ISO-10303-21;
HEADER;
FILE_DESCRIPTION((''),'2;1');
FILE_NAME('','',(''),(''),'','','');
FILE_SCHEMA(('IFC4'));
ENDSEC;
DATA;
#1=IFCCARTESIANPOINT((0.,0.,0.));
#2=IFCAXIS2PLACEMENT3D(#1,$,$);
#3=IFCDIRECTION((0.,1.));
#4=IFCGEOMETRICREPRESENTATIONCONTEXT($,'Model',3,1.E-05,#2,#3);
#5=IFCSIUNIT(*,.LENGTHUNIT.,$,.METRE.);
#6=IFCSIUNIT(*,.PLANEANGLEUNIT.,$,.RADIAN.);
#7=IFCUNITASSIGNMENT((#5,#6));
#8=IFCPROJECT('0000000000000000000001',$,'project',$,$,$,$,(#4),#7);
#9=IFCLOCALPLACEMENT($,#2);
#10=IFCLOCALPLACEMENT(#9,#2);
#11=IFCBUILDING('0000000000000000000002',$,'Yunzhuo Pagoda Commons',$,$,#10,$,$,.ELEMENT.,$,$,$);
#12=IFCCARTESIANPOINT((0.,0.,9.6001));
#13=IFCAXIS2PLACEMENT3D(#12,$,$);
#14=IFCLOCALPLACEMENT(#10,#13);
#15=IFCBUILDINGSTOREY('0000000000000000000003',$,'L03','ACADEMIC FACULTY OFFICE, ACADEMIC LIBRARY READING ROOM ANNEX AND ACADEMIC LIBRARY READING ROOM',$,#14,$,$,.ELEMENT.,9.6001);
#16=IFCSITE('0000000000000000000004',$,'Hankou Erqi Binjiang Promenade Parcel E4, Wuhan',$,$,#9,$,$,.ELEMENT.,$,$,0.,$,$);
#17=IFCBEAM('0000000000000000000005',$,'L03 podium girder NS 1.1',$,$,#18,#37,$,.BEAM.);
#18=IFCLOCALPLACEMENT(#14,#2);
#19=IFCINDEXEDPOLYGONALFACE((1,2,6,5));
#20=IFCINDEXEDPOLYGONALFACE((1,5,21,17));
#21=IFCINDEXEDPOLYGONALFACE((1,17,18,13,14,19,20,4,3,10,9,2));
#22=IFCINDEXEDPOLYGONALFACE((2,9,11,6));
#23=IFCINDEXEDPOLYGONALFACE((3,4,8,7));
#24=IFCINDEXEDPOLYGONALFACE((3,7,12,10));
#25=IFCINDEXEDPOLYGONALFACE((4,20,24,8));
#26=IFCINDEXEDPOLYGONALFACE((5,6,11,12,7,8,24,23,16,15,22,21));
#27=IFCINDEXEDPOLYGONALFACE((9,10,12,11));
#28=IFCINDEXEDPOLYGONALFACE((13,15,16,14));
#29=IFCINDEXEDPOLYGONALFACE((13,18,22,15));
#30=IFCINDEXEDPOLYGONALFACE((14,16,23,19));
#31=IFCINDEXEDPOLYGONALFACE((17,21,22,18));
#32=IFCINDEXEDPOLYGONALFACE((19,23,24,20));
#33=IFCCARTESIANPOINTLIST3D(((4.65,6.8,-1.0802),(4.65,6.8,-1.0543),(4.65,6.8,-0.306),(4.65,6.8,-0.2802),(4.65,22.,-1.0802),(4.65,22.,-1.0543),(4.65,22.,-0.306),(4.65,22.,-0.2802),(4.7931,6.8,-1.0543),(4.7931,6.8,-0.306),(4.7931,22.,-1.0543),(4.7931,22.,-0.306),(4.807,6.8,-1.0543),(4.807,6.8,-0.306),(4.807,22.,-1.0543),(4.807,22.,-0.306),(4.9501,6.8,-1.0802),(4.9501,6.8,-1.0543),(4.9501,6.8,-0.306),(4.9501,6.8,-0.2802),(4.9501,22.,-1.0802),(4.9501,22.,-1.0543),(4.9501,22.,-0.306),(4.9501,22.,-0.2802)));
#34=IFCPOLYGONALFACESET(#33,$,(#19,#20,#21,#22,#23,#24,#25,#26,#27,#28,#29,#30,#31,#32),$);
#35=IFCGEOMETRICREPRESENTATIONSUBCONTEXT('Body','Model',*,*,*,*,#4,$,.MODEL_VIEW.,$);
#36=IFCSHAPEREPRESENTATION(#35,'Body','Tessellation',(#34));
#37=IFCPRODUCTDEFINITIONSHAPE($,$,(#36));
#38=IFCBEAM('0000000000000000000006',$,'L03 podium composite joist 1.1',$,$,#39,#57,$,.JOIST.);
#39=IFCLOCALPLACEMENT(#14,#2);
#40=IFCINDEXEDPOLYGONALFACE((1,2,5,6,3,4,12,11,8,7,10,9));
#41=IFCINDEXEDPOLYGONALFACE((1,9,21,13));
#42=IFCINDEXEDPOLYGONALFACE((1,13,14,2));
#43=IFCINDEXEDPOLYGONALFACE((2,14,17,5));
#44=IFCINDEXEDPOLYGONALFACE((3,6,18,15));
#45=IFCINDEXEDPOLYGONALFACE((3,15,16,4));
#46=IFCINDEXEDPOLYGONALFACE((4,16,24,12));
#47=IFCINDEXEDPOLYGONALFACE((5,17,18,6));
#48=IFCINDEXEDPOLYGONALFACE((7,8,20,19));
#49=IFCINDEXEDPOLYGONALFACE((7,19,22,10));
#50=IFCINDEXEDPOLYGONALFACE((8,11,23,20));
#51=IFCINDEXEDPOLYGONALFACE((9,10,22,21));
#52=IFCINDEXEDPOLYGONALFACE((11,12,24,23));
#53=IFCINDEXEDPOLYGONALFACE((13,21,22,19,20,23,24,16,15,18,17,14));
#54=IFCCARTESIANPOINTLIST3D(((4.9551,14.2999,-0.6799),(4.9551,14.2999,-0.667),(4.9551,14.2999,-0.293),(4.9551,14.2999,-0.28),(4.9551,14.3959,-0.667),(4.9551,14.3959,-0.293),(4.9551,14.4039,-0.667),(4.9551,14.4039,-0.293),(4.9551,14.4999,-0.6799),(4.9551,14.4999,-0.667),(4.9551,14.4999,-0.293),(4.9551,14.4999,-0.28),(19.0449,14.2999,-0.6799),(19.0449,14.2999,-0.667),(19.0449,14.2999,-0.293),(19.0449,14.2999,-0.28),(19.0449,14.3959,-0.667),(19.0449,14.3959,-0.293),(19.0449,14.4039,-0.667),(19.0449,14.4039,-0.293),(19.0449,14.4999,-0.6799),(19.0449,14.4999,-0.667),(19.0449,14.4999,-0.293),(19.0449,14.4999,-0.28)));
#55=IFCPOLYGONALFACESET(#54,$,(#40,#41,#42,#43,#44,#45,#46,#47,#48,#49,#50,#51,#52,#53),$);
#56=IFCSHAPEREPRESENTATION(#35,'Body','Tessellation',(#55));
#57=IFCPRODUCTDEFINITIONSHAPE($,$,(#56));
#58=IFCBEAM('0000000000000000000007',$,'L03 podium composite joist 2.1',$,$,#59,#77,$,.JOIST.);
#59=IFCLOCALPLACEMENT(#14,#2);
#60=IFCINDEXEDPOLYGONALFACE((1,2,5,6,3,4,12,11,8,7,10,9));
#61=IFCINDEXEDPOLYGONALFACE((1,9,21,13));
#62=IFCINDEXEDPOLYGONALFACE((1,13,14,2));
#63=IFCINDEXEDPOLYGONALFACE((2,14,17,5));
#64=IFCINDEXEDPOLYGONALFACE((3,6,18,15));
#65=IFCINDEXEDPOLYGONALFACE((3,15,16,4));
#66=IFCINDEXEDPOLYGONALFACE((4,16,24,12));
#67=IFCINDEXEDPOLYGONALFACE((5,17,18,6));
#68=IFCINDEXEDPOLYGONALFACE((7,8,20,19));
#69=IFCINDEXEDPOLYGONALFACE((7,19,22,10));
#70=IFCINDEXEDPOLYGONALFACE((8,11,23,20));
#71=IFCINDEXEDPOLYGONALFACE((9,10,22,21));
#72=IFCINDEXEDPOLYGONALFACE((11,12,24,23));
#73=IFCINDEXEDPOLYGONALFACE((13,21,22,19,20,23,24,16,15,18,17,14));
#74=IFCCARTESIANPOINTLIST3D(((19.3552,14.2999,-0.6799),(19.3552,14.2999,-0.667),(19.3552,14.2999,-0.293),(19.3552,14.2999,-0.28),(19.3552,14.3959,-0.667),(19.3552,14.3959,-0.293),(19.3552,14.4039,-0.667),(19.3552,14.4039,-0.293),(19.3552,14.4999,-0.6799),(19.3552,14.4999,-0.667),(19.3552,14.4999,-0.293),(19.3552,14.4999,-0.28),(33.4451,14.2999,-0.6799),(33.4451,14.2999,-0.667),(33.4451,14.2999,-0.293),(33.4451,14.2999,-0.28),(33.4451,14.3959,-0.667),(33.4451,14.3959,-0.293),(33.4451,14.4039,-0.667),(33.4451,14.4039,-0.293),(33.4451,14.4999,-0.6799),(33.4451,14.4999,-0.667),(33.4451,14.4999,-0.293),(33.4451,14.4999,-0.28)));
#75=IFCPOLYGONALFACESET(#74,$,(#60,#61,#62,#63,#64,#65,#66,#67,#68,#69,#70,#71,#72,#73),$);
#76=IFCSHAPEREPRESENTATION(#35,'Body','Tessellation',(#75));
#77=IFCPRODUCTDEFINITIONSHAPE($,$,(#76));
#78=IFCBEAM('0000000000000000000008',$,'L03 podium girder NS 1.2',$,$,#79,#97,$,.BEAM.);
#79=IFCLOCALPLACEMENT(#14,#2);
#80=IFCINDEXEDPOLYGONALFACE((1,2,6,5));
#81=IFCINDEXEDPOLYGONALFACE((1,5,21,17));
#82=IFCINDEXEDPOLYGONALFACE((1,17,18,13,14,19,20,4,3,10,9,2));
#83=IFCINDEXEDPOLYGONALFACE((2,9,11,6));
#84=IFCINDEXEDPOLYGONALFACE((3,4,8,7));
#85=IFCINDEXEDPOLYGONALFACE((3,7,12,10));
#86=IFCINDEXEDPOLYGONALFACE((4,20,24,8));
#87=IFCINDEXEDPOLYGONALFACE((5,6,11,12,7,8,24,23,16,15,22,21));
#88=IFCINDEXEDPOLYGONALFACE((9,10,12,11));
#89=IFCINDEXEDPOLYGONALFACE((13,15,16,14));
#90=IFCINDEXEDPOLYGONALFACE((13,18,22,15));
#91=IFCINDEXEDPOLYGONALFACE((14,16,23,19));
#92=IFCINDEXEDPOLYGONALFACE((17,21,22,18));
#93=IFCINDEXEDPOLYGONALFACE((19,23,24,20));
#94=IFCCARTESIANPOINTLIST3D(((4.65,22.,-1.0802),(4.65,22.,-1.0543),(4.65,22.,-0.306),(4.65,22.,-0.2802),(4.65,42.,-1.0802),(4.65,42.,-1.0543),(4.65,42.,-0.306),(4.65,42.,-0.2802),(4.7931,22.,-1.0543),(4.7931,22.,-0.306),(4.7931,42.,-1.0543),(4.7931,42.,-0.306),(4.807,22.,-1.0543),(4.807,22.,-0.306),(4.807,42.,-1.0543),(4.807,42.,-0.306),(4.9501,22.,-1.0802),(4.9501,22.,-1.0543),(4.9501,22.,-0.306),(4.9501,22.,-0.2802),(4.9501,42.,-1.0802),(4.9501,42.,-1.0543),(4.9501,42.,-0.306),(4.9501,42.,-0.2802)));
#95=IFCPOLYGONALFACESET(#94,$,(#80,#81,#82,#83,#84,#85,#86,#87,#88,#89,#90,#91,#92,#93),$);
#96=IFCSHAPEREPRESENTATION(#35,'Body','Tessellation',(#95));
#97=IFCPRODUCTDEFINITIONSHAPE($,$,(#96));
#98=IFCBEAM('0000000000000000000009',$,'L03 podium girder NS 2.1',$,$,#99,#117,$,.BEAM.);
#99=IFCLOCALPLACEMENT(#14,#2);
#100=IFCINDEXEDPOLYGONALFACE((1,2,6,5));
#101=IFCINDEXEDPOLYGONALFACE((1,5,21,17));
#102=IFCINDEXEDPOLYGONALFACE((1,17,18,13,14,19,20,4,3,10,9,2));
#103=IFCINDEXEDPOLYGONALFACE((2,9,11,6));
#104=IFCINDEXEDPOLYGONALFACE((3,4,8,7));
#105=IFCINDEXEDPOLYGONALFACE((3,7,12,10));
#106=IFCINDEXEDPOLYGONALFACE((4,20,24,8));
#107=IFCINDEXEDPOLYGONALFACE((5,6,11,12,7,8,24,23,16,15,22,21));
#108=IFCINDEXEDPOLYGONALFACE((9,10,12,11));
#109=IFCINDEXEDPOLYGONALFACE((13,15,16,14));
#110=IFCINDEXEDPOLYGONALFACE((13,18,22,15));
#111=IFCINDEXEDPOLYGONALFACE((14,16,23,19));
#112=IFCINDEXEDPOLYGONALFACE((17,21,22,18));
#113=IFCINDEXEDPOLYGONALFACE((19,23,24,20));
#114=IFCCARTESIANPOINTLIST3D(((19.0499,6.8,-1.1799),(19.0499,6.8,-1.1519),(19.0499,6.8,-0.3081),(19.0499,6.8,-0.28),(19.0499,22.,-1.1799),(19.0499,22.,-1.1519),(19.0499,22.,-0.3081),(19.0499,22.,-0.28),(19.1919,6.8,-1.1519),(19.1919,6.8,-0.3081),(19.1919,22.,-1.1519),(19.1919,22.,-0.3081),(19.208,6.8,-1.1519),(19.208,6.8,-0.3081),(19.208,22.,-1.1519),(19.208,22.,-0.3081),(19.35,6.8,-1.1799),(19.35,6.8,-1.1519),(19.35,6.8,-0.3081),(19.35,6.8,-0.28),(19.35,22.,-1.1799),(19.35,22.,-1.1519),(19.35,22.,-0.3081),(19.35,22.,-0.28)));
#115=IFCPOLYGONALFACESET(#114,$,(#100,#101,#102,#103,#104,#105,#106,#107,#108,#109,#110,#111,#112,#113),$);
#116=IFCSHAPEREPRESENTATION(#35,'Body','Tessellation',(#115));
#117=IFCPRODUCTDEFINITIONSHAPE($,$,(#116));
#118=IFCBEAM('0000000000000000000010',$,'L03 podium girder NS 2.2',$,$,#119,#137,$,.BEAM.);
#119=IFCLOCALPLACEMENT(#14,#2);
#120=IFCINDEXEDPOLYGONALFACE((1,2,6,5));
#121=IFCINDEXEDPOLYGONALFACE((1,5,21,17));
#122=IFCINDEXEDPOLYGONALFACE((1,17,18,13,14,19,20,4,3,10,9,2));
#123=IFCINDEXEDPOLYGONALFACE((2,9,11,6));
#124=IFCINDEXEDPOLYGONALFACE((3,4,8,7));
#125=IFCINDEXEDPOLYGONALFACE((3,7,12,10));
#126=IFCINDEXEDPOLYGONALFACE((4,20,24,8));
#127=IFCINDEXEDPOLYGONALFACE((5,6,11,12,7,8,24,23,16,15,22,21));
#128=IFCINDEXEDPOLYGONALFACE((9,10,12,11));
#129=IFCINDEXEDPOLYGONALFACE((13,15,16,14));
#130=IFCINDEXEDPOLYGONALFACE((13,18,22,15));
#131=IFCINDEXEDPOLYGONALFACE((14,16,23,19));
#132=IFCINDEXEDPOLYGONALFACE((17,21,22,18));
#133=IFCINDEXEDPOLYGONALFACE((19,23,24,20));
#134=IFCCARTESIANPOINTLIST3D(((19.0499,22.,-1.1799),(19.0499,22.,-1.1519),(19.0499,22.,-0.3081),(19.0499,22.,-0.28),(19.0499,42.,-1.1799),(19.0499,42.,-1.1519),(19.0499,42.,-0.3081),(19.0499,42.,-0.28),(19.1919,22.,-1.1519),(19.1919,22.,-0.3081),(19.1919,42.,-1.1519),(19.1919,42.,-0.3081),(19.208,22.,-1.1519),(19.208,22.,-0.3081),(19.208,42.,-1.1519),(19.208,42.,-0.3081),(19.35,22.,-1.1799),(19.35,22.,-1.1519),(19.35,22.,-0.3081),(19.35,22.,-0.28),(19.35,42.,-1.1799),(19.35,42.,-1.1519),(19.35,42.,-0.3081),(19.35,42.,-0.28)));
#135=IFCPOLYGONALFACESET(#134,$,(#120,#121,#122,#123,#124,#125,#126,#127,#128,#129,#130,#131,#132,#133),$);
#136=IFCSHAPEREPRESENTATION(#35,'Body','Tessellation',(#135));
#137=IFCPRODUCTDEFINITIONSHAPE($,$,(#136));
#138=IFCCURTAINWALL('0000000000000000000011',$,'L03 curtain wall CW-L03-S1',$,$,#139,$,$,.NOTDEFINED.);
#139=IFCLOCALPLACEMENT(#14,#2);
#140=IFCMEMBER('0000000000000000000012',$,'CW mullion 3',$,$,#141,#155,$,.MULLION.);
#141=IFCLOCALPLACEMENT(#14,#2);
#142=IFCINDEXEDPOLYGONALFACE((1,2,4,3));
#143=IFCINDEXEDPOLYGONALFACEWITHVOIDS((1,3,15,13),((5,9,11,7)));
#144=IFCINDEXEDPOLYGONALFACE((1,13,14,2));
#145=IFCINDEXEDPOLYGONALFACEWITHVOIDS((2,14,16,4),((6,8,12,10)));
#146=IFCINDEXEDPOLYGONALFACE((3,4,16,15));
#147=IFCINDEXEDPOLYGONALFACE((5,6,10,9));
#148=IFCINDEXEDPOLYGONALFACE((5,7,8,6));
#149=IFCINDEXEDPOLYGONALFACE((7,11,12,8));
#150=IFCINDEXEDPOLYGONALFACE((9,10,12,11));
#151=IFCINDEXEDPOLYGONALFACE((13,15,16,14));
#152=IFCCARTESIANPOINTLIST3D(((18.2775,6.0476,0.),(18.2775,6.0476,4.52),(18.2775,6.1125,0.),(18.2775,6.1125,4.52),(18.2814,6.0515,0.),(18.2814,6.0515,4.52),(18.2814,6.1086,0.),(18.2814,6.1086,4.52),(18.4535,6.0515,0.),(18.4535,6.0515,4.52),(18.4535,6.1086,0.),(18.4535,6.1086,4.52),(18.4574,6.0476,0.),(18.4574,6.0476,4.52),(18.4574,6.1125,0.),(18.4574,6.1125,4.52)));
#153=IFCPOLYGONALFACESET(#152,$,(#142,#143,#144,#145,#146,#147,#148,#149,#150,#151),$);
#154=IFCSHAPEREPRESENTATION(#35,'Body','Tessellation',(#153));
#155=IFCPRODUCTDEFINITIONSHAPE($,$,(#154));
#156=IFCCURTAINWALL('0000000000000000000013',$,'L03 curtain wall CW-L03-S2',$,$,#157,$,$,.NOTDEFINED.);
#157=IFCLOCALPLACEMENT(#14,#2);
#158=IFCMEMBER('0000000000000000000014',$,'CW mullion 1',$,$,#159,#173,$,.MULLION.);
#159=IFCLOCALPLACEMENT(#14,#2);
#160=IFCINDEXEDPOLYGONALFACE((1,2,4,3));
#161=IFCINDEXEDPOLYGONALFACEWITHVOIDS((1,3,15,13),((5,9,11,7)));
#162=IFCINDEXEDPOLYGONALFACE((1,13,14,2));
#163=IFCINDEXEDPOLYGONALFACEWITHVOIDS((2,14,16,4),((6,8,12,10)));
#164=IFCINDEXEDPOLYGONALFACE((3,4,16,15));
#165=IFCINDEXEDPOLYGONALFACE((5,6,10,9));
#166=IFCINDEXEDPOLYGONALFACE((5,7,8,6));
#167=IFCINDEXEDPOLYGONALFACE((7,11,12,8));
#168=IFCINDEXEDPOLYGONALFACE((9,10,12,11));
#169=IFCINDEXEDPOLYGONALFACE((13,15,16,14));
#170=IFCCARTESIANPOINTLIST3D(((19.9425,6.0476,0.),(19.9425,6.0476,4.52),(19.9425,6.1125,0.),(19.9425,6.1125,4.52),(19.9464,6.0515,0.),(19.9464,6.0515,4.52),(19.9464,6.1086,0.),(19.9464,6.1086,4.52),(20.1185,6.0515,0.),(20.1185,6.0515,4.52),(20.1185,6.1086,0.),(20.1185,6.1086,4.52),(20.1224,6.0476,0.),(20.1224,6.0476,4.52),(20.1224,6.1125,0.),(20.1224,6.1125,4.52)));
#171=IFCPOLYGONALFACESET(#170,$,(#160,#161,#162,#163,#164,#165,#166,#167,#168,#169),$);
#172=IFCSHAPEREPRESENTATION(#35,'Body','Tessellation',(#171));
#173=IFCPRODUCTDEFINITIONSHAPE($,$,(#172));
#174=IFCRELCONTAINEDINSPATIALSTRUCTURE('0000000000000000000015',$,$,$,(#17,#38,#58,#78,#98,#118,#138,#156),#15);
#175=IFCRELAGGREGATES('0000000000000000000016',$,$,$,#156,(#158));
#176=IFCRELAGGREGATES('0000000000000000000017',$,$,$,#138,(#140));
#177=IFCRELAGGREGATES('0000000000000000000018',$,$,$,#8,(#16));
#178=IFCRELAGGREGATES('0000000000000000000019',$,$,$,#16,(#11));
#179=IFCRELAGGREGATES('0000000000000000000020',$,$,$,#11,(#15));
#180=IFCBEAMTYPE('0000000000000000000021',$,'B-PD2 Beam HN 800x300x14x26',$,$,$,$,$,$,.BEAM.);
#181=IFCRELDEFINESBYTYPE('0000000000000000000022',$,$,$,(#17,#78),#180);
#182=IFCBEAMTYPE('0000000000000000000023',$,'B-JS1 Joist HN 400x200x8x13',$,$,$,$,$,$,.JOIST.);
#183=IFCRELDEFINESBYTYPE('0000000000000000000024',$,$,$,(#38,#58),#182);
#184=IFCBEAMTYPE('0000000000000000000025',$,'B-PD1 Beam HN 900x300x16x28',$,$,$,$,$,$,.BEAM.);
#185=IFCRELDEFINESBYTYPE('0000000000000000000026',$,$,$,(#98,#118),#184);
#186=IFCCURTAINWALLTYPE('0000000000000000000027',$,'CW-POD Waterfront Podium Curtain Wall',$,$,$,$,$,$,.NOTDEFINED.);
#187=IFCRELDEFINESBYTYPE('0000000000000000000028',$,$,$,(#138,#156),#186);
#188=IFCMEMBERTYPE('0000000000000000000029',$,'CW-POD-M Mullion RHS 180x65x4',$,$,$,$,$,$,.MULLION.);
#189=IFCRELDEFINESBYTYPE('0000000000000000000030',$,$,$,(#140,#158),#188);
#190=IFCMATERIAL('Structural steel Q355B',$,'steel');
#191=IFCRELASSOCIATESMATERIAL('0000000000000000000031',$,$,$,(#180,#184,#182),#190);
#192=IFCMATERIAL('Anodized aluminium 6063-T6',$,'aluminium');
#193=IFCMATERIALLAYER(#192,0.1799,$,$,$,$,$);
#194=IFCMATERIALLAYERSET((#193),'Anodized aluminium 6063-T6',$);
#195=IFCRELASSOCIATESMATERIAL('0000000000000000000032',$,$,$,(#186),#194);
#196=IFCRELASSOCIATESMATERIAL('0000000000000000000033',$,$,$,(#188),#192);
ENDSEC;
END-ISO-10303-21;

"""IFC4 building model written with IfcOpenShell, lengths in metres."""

from ifc_helpers import new_model, si_unit, direction, frame, origin, origin_2d, place, context, subcontext, project, spatial, hollow_rectangle, i_section, extrude, source, transform, mapped, material, layer, layer_set, material_profile, profile_set, type_object, element, aggregate, save


model = new_model("IFC4")

# Units and contexts
model_context = context("Model", 3, precision=1e-05, world=origin(), true_north=direction((0.0, 1.0)))
body_context = subcontext(model_context, "Body", "Model", "MODEL_VIEW")
ifc_project = project(units=[si_unit("LENGTHUNIT", "METRE"), si_unit("PLANEANGLEUNIT", "RADIAN")], contexts=[model_context])

# Site, building, storey
site_placement = place(None, origin())
site = spatial("IfcSite", under=ifc_project, at=site_placement, Name="Hankou Erqi Binjiang Promenade Parcel E4, Wuhan", CompositionType="ELEMENT", RefElevation=0.0)
building_placement = place(site_placement, origin())
building = spatial("IfcBuilding", under=site, at=building_placement, Name="Yunzhuo Pagoda Commons", CompositionType="ELEMENT")
storey_placement = place(building_placement, frame((0.0, 0.0, 9.6001)))
storey = spatial("IfcBuildingStorey", under=building, at=storey_placement, Name="L03", Description="ACADEMIC FACULTY OFFICE, ACADEMIC LIBRARY READING ROOM ANNEX AND ACADEMIC LIBRARY READING ROOM", CompositionType="ELEMENT", Elevation=9.6001)

# Beams
ifc_material_1 = material(Name="Structural steel Q355B", Category="steel")
ifc_material_profile_1 = material_profile(ifc_material_1, i_section(OverallWidth=0.3, OverallDepth=0.8, WebThickness=0.0139, FlangeThickness=0.0259, at=origin_2d()), Name="Structural steel Q355B")
ifc_profile_set_1 = profile_set([ifc_material_profile_1], Name="Structural steel Q355B")
beam_type_1 = type_object("IfcBeamType", Name="B-PD2 Beam HN 800x300x14x26", PredefinedType="BEAM", material=ifc_profile_set_1)
ifc_material_profile_2 = material_profile(ifc_material_1, i_section(OverallWidth=0.3, OverallDepth=0.8999, WebThickness=0.0161, FlangeThickness=0.0281, at=origin_2d()), Name="Structural steel Q355B")
ifc_profile_set_2 = profile_set([ifc_material_profile_2], Name="Structural steel Q355B")
beam_type_2 = type_object("IfcBeamType", Name="B-PD1 Beam HN 900x300x16x28", PredefinedType="BEAM", material=ifc_profile_set_2)
shared_shape_1 = source(origin(), body_context, "Body", "SweptSolid", [
    extrude(i_section(OverallWidth=0.3, OverallDepth=0.8, WebThickness=0.0139, FlangeThickness=0.0259, at=origin_2d()), origin(), (0.0, 0.0, 1.0), 15.2),
])
beam_1_placement = place(storey_placement, frame((4.8, 6.8, -0.6802), z_axis=(0.0, 1.0, 0.0), x_axis=(-1.0, 0.0, 0.0)))
element("IfcBeam", 1, at=beam_1_placement, inside=storey, type_object=beam_type_1, Name="L03 podium girder NS 1.1", PredefinedType="BEAM", context=body_context, shape_type="MappedRepresentation", body=[
    mapped(shared_shape_1, transform((0.0, 0.0, 0.0), scale=1.0)),
])
ifc_material_profile_3 = material_profile(ifc_material_1, i_section(OverallWidth=0.2, OverallDepth=0.3999, WebThickness=0.0081, FlangeThickness=0.0129, at=origin_2d()), Name="Structural steel Q355B")
ifc_profile_set_3 = profile_set([ifc_material_profile_3], Name="Structural steel Q355B")
beam_type_3 = type_object("IfcBeamType", Name="B-JS1 Joist HN 400x200x8x13", PredefinedType="JOIST", material=ifc_profile_set_3)
shared_shape_2 = source(origin(), body_context, "Body", "SweptSolid", [
    extrude(i_section(OverallWidth=0.2, OverallDepth=0.3999, WebThickness=0.0081, FlangeThickness=0.0129, at=origin_2d()), origin(), (0.0, 0.0, 1.0), 14.0898),
])
for number, where, z_axis, x_axis, name in (
    (2, (4.9551, 14.3999, -0.48), (1.0, 0.0, 0.0), (0.0, 1.0, 0.0), "L03 podium composite joist 1.1"),
    (3, (19.3552, 14.3999, -0.48), (1.0, 0.0, 0.0), (0.0, 1.0, 0.0), "L03 podium composite joist 2.1"),
):
    element("IfcBeam", number, at=place(storey_placement, frame(where, z_axis=z_axis, x_axis=x_axis)), inside=storey, type_object=beam_type_3, Name=name, PredefinedType="JOIST", context=body_context, shape_type="MappedRepresentation", body=[
        mapped(shared_shape_2, transform((0.0, 0.0, 0.0), scale=1.0)),
    ])
shared_shape_3 = source(origin(), body_context, "Body", "SweptSolid", [
    extrude(i_section(OverallWidth=0.3, OverallDepth=0.8, WebThickness=0.0139, FlangeThickness=0.0259, at=origin_2d()), origin(), (0.0, 0.0, 1.0), 20.0),
])
beam_2_placement = place(storey_placement, frame((4.8, 22.0, -0.6802), z_axis=(0.0, 1.0, 0.0), x_axis=(-1.0, 0.0, 0.0)))
element("IfcBeam", 4, at=beam_2_placement, inside=storey, type_object=beam_type_1, Name="L03 podium girder NS 1.2", PredefinedType="BEAM", context=body_context, shape_type="MappedRepresentation", body=[
    mapped(shared_shape_3, transform((0.0, 0.0, 0.0), scale=1.0)),
])
shared_shape_4 = source(origin(), body_context, "Body", "SweptSolid", [
    extrude(i_section(OverallWidth=0.3, OverallDepth=0.8999, WebThickness=0.0161, FlangeThickness=0.0281, at=origin_2d()), origin(), (0.0, 0.0, 1.0), 15.2),
])
beam_3_placement = place(storey_placement, frame((19.2, 6.8, -0.73), z_axis=(0.0, 1.0, 0.0), x_axis=(-1.0, 0.0, 0.0)))
element("IfcBeam", 5, at=beam_3_placement, inside=storey, type_object=beam_type_2, Name="L03 podium girder NS 2.1", PredefinedType="BEAM", context=body_context, shape_type="MappedRepresentation", body=[
    mapped(shared_shape_4, transform((0.0, 0.0, 0.0), scale=1.0)),
])
shared_shape_5 = source(origin(), body_context, "Body", "SweptSolid", [
    extrude(i_section(OverallWidth=0.3, OverallDepth=0.8999, WebThickness=0.0161, FlangeThickness=0.0281, at=origin_2d()), origin(), (0.0, 0.0, 1.0), 20.0),
])
beam_4_placement = place(storey_placement, frame((19.2, 22.0, -0.73), z_axis=(0.0, 1.0, 0.0), x_axis=(-1.0, 0.0, 0.0)))
element("IfcBeam", 6, at=beam_4_placement, inside=storey, type_object=beam_type_2, Name="L03 podium girder NS 2.2", PredefinedType="BEAM", context=body_context, shape_type="MappedRepresentation", body=[
    mapped(shared_shape_5, transform((0.0, 0.0, 0.0), scale=1.0)),
])

# Curtain walls, members
ifc_material_2 = material(Name="Anodized aluminium 6063-T6", Category="aluminium")
ifc_layer_1 = layer(ifc_material_2, 0.1799)
ifc_layer_set_1 = layer_set([ifc_layer_1], Name="Anodized aluminium 6063-T6")
curtain_wall_type = type_object("IfcCurtainWallType", Name="CW-POD Waterfront Podium Curtain Wall", PredefinedType="NOTDEFINED", material=ifc_layer_set_1)
curtain_wall_1_placement = place(storey_placement, origin())
curtain_wall_1 = element("IfcCurtainWall", 7, at=curtain_wall_1_placement, inside=storey, type_object=curtain_wall_type, Name="L03 curtain wall CW-L03-S1", PredefinedType="NOTDEFINED")
ifc_material_profile_4 = material_profile(ifc_material_2, hollow_rectangle(XDim=0.0649, YDim=0.1799, WallThickness=0.0039, at=origin_2d()), Name="Anodized aluminium 6063-T6")
ifc_profile_set_4 = profile_set([ifc_material_profile_4], Name="Anodized aluminium 6063-T6")
member_type_1 = type_object("IfcMemberType", Name="CW-POD-M Mullion RHS 180x65x4", PredefinedType="MULLION", material=ifc_profile_set_4)
shared_shape_6 = source(origin(), body_context, "Body", "SweptSolid", [
    extrude(hollow_rectangle(XDim=0.0649, YDim=0.1799, WallThickness=0.0039, at=origin_2d()), origin(), (0.0, 0.0, 1.0), 4.52),
])
member_1_placement = place(storey_placement, frame((18.3674, 6.0801, 0.0), z_axis=(0.0, 0.0, 1.0), x_axis=(0.0, 1.0, 0.0)))
member_1 = element("IfcMember", 8, at=member_1_placement, type_object=member_type_1, Name="CW mullion 3", PredefinedType="MULLION", context=body_context, shape_type="MappedRepresentation", body=[
    mapped(shared_shape_6, transform((0.0, 0.0, 0.0), scale=1.0)),
])
curtain_wall_2_placement = place(storey_placement, origin())
curtain_wall_2 = element("IfcCurtainWall", 9, at=curtain_wall_2_placement, inside=storey, type_object=curtain_wall_type, Name="L03 curtain wall CW-L03-S2", PredefinedType="NOTDEFINED")
member_2_placement = place(storey_placement, frame((20.0325, 6.0801, 0.0), z_axis=(0.0, 0.0, 1.0), x_axis=(0.0, 1.0, 0.0)))
member_2 = element("IfcMember", 10, at=member_2_placement, type_object=member_type_1, Name="CW mullion 1", PredefinedType="MULLION", context=body_context, shape_type="MappedRepresentation", body=[
    mapped(shared_shape_6, transform((0.0, 0.0, 0.0), scale=1.0)),
])

aggregate(curtain_wall_2, [member_2])

aggregate(curtain_wall_1, [member_1])

save(model, "model.ifc")
